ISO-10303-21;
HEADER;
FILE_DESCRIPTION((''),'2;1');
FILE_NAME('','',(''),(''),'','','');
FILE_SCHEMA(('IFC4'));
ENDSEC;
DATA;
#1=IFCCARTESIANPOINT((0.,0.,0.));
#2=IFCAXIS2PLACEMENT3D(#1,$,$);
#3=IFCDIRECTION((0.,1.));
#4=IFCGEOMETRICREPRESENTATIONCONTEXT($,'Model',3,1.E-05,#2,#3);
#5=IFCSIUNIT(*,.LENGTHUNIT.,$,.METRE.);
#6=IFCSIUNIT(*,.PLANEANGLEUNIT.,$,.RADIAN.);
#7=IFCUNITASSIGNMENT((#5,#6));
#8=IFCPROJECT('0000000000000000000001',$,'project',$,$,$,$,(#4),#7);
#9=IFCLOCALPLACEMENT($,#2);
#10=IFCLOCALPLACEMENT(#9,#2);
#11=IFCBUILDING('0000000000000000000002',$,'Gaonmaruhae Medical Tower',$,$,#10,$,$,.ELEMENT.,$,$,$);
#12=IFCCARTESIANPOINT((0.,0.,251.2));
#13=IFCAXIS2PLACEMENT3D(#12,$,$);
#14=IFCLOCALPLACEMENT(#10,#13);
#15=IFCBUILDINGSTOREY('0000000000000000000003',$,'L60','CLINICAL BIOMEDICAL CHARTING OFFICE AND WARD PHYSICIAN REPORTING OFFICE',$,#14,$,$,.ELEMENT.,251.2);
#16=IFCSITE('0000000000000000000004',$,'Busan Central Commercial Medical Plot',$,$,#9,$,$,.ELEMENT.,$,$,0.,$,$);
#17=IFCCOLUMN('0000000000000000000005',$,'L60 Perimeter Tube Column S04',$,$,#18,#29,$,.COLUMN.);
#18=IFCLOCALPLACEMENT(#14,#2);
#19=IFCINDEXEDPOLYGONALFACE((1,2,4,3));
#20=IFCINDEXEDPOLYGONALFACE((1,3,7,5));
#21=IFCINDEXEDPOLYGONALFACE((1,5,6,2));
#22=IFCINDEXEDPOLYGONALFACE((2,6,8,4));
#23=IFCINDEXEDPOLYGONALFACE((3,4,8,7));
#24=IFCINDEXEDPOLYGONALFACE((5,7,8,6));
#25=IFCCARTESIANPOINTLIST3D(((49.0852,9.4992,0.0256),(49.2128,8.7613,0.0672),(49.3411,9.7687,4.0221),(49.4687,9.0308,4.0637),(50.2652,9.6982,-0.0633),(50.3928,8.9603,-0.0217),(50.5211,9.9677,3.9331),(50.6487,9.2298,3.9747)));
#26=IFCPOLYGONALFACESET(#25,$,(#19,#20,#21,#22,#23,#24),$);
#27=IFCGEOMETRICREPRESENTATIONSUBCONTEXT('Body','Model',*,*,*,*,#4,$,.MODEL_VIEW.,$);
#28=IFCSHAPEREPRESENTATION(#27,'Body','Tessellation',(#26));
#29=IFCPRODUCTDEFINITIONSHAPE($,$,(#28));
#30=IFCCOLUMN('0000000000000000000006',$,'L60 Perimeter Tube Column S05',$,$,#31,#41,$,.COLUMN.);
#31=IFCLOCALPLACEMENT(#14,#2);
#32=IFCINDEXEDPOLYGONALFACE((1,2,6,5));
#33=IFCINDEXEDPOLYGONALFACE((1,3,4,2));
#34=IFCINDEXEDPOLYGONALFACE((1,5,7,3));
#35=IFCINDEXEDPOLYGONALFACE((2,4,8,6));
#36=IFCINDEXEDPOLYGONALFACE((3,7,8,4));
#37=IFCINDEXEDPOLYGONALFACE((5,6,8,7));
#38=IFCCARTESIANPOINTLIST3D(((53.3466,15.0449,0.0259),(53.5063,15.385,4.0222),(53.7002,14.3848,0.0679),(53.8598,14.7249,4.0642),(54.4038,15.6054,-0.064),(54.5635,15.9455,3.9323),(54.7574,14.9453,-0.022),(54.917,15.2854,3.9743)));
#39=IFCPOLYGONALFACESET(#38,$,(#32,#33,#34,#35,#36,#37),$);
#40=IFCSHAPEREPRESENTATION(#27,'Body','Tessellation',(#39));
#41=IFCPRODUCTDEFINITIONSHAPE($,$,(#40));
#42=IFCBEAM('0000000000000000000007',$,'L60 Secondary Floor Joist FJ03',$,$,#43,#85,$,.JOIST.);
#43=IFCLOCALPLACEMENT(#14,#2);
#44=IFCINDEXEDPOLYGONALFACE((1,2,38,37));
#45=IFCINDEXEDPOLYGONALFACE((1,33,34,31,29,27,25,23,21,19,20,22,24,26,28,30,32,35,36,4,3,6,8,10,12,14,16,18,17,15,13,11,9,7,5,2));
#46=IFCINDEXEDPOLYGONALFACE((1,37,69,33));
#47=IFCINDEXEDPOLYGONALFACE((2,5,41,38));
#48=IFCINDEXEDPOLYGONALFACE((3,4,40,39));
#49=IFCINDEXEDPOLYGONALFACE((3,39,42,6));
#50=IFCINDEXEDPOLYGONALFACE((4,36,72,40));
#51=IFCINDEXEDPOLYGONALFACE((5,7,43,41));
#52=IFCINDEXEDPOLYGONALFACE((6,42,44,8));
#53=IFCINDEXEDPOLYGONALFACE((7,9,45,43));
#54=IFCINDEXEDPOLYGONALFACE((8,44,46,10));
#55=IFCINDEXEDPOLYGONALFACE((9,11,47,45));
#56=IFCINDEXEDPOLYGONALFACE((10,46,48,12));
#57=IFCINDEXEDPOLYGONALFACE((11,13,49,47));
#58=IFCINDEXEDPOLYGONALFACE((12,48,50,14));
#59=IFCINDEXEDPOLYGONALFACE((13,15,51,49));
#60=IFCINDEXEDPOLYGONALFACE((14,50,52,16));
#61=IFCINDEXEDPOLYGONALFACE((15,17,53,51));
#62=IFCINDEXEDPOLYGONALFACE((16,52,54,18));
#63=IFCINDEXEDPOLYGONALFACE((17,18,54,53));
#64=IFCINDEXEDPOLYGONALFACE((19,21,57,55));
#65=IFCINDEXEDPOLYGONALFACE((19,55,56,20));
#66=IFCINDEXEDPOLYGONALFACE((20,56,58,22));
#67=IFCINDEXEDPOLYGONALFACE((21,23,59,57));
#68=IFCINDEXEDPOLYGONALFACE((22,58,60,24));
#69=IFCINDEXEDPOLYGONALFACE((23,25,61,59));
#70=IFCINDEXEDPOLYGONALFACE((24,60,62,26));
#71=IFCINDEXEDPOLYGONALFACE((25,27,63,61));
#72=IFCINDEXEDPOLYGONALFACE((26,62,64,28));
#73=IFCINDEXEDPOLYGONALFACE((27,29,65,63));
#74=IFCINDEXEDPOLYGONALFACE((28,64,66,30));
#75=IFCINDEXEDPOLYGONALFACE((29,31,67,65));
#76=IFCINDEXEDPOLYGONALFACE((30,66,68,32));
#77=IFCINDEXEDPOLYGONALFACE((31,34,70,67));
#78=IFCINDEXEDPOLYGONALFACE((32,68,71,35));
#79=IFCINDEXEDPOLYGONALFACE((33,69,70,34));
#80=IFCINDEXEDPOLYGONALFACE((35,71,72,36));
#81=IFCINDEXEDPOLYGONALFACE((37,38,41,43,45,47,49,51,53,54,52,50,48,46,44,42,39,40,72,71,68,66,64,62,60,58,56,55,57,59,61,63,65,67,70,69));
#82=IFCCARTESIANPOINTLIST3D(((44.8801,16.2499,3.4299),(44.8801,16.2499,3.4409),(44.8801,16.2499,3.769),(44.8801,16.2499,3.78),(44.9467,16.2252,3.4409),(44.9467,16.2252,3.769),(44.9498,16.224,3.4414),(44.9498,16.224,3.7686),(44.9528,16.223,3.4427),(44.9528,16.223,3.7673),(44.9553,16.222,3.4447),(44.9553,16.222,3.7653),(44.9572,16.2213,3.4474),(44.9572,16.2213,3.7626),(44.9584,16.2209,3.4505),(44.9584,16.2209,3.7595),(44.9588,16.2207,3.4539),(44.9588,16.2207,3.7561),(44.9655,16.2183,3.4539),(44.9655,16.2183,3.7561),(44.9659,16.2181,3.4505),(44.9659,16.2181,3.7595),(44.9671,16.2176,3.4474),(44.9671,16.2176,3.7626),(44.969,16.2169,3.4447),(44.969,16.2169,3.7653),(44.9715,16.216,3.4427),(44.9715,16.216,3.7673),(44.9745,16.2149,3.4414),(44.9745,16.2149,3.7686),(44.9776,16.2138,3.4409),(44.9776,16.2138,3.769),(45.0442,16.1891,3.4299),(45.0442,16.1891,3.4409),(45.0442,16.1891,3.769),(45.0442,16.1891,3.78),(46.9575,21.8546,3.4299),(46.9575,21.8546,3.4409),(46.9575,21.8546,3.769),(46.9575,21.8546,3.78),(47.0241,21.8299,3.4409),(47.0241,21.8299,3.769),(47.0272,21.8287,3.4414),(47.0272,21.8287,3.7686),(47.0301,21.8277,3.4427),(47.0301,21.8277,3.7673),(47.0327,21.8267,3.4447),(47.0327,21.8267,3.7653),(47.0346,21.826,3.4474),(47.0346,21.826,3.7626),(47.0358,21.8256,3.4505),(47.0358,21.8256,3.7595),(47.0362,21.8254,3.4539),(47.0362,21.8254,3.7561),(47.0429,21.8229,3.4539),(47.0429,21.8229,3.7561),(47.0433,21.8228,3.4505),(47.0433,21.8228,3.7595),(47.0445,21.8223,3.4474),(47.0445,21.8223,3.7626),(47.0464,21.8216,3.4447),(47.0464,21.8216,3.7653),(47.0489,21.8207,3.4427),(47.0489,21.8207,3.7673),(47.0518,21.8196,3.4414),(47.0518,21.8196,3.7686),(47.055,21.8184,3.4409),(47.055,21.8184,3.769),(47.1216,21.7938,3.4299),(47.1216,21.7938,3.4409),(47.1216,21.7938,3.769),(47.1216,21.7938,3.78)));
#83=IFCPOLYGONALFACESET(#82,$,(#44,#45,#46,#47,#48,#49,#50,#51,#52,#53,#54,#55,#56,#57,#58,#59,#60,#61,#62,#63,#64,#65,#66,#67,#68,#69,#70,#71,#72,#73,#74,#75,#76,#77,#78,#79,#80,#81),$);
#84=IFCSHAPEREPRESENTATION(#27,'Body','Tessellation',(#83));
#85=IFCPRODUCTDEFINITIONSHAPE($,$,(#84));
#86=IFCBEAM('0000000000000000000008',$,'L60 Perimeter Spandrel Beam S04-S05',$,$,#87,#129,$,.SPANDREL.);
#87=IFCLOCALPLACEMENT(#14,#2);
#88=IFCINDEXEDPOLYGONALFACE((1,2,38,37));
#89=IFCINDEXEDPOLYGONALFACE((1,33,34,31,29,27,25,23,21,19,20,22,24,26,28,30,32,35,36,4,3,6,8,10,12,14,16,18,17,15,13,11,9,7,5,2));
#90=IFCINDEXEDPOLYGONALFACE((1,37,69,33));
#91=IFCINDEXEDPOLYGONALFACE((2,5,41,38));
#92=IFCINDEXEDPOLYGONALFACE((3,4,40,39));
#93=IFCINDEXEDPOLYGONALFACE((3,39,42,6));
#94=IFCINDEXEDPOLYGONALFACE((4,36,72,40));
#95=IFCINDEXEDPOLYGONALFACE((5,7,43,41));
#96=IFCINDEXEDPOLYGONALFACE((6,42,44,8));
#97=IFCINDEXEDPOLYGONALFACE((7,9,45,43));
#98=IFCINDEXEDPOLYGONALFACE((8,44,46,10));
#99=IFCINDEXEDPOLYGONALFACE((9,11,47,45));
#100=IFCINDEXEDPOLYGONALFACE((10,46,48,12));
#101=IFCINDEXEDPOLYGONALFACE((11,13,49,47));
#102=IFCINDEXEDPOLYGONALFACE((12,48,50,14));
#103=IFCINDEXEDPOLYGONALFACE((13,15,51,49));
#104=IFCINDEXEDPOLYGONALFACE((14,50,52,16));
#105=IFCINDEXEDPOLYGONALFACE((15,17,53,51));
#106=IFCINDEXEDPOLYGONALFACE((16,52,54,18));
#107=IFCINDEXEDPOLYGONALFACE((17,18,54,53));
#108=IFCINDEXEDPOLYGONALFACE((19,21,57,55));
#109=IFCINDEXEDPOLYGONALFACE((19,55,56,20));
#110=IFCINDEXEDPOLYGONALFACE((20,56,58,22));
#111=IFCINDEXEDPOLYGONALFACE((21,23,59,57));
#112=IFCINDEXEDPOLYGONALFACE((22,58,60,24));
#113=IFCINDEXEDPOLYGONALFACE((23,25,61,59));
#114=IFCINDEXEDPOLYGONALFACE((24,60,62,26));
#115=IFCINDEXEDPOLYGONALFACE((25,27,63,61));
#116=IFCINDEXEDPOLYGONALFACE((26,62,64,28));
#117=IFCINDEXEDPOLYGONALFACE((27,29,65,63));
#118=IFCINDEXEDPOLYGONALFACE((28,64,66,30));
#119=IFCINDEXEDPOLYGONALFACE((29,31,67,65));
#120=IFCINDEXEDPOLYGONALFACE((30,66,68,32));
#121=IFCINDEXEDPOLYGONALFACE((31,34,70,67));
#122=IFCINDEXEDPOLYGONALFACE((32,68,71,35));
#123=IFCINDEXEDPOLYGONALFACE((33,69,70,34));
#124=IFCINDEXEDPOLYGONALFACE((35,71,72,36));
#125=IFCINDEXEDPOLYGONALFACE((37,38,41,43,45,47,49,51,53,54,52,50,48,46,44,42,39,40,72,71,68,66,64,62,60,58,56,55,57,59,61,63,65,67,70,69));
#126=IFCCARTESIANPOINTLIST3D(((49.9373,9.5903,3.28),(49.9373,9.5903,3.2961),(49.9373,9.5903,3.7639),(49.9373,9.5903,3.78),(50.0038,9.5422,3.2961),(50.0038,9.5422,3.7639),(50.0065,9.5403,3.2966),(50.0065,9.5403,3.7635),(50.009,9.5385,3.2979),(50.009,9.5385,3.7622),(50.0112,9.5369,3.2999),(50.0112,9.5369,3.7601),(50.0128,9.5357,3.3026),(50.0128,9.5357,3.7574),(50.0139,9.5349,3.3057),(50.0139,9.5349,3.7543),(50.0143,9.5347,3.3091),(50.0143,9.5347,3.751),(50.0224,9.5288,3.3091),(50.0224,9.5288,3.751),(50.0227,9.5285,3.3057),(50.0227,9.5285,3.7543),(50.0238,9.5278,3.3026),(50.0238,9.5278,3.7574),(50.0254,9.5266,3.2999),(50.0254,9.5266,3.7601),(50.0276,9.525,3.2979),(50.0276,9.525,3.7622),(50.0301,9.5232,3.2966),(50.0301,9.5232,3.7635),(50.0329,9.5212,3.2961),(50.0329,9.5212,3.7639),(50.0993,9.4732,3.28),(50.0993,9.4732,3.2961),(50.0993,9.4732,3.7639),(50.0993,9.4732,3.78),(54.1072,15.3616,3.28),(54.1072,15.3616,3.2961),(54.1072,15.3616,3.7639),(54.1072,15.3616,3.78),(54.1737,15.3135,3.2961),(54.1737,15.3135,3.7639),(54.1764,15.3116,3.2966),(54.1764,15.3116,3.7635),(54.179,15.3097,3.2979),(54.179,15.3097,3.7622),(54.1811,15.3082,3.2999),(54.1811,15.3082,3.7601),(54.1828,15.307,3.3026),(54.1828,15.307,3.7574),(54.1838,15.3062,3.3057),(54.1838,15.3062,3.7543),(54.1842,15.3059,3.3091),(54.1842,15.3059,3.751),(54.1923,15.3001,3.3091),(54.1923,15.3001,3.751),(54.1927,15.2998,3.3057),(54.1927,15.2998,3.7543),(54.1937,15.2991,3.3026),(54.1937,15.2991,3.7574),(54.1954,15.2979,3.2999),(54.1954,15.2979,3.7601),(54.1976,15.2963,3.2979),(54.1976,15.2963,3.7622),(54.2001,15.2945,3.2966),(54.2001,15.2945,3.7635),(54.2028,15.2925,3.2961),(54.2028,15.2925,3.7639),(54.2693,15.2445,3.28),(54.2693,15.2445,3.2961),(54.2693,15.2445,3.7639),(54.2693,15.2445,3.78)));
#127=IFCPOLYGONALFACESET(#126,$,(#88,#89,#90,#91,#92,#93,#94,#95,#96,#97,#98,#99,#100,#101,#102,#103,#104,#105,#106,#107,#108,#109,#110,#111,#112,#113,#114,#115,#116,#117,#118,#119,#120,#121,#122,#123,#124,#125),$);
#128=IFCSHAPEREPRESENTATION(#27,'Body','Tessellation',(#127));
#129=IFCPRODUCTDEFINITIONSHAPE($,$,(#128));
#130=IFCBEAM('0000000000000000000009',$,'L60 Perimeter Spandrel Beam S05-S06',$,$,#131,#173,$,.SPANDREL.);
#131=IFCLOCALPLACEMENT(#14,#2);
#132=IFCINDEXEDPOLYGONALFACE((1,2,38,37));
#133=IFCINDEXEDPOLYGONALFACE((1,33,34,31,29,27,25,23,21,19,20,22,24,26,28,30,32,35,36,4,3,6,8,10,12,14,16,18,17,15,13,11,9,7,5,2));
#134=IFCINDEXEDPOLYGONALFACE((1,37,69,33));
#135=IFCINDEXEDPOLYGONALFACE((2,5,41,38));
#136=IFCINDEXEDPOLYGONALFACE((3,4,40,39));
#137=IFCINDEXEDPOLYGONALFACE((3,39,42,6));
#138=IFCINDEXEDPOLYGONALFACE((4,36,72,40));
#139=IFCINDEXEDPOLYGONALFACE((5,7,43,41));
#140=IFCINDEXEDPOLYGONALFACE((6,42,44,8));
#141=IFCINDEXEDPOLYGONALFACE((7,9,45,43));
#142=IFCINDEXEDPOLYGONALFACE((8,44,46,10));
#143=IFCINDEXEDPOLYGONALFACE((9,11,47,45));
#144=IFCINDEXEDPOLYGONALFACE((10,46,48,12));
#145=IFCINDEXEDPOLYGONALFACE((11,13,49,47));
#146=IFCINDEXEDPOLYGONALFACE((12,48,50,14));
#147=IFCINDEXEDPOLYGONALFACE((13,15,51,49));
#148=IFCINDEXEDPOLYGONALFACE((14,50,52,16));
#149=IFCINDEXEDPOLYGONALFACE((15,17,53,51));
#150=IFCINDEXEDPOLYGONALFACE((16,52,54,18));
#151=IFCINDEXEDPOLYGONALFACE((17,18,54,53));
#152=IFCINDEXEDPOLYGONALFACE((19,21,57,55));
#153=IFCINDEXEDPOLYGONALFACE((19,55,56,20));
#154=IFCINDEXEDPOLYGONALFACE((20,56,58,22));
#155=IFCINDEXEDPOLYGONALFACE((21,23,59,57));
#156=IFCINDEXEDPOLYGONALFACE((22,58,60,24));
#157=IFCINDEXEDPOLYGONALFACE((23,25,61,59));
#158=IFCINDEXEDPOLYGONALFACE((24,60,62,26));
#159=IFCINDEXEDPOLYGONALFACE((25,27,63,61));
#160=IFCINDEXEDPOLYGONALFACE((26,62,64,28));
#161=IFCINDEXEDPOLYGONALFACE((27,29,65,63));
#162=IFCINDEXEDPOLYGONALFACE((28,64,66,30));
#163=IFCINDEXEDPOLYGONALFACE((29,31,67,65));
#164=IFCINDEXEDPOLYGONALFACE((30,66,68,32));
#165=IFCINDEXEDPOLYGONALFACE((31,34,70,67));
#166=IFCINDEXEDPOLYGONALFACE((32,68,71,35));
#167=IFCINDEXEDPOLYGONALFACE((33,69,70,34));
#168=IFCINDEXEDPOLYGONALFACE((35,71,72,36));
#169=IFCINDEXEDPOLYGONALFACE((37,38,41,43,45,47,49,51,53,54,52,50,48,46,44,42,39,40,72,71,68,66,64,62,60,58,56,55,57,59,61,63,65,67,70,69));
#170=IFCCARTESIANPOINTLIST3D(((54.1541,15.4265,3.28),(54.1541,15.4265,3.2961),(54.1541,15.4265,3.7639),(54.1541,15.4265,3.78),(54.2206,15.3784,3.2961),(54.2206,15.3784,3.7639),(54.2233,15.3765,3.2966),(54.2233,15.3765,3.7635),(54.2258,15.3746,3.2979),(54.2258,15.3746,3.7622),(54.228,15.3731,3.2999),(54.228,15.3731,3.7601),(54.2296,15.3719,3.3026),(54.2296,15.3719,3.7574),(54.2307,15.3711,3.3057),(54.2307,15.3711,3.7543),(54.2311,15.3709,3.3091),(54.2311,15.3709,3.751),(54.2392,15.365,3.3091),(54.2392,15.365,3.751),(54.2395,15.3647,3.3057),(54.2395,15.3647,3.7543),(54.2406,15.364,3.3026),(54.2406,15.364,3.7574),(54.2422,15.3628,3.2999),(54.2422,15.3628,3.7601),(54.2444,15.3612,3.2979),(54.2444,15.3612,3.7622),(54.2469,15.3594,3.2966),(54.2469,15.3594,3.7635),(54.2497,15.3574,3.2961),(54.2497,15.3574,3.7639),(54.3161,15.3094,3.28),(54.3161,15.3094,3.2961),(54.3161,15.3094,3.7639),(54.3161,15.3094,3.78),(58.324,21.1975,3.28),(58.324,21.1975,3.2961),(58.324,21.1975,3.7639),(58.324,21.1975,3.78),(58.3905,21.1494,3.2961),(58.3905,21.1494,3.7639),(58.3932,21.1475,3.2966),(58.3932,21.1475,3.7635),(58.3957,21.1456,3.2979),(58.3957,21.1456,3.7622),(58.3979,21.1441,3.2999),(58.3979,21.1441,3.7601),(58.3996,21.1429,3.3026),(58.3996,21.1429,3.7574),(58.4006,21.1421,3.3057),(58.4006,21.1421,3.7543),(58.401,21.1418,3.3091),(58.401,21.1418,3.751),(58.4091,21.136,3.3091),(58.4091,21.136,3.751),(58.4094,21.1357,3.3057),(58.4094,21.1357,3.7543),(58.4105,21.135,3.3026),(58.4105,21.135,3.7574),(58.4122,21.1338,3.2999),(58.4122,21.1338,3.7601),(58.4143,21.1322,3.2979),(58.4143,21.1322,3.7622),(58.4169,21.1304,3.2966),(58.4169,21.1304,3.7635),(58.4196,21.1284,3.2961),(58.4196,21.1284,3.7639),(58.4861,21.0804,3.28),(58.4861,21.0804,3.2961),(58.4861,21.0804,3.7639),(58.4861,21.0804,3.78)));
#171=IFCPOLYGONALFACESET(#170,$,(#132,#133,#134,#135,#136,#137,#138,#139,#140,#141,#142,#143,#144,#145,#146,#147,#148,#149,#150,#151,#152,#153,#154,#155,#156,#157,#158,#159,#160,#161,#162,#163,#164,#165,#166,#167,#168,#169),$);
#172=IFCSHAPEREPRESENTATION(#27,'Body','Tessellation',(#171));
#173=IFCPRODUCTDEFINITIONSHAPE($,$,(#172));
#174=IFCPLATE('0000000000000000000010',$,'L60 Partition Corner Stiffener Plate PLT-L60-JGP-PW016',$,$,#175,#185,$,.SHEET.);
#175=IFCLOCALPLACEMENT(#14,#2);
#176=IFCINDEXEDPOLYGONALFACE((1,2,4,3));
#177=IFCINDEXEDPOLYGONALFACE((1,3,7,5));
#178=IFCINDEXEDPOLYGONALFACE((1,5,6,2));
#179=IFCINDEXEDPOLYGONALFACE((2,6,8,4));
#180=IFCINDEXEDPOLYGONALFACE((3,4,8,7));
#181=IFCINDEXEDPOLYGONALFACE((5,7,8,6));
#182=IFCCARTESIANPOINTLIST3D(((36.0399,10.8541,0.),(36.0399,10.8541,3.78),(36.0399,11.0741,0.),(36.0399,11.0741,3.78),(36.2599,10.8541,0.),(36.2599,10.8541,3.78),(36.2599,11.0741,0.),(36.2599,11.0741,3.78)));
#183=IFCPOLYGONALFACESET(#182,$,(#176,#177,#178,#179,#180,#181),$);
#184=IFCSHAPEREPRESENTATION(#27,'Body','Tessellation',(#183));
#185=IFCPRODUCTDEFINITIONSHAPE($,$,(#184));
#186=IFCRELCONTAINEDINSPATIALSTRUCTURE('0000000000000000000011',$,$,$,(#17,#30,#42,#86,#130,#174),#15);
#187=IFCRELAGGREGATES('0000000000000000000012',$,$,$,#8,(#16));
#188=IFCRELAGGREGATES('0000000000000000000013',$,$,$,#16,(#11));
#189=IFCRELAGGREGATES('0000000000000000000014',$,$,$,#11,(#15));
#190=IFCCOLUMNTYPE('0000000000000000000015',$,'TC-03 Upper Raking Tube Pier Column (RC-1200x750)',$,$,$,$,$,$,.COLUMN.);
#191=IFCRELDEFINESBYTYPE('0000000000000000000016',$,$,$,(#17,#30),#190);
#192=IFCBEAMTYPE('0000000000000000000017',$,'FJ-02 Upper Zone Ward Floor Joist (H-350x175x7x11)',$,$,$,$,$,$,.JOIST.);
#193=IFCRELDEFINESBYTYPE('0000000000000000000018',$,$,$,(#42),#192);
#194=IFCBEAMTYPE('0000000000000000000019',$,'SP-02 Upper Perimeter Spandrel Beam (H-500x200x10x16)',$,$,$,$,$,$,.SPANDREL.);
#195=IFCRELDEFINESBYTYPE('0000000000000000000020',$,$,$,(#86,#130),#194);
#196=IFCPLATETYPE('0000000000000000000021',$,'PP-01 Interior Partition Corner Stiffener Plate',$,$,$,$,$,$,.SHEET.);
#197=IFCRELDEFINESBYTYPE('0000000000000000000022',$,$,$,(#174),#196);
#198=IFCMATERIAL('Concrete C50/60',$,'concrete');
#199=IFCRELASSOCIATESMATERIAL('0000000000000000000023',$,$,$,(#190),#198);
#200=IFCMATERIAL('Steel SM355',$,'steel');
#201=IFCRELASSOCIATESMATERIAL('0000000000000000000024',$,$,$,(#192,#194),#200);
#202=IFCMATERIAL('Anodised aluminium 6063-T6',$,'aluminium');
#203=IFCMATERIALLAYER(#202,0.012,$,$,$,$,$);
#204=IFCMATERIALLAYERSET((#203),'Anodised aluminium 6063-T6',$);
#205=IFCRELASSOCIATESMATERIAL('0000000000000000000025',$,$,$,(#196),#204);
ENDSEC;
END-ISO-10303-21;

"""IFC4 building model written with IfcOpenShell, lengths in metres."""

from ifc_helpers import new_model, si_unit, direction, frame, origin, origin_2d, place, context, subcontext, project, spatial, rectangle, i_section, extrude, material, layer, layer_set, material_profile, profile_set, type_object, element, save


model = new_model("IFC4")

# Units and contexts
model_context = context("Model", 3, precision=1e-05, world=origin(), true_north=direction((0.0, 1.0)))
body_context = subcontext(model_context, "Body", "Model", "MODEL_VIEW")
ifc_project = project(units=[si_unit("LENGTHUNIT", "METRE"), si_unit("PLANEANGLEUNIT", "RADIAN")], contexts=[model_context])

# Site, building, storey
site_placement = place(None, origin())
site = spatial("IfcSite", under=ifc_project, at=site_placement, Name="Busan Central Commercial Medical Plot", CompositionType="ELEMENT", RefElevation=0.0)
building_placement = place(site_placement, origin())
building = spatial("IfcBuilding", under=site, at=building_placement, Name="Gaonmaruhae Medical Tower", CompositionType="ELEMENT")
storey_placement = place(building_placement, frame((0.0, 0.0, 251.2)))
storey = spatial("IfcBuildingStorey", under=building, at=storey_placement, Name="L60", Description="CLINICAL BIOMEDICAL CHARTING OFFICE AND WARD PHYSICIAN REPORTING OFFICE", CompositionType="ELEMENT", Elevation=251.2)

# Columns
ifc_material_1 = material(Name="Concrete C50/60", Category="concrete")
ifc_material_profile_1 = material_profile(ifc_material_1, rectangle(XDim=1.2, YDim=0.75, at=origin_2d()), Name="RC-1200x750")
ifc_profile_set_1 = profile_set([ifc_material_profile_1], Name="Concrete C50/60")
column_type = type_object("IfcColumnType", Name="TC-03 Upper Raking Tube Pier Column (RC-1200x750)", PredefinedType="COLUMN", material=ifc_profile_set_1)
column_1_placement = place(storey_placement, frame((49.739, 9.2297, 0.002), z_axis=(0.063748, 0.067155, 0.995704), x_axis=(-0.983363, -0.165833, 0.074143)))
element("IfcColumn", 1, at=column_1_placement, inside=storey, type_object=column_type, Name="L60 Perimeter Tube Column S04", PredefinedType="COLUMN", context=body_context, shape_type="SweptSolid", body=[
    extrude(rectangle(XDim=1.2, YDim=0.75, at=origin_2d()), origin(), (0.0, 0.0, 1.0), 4.0137),
])
column_2_placement = place(storey_placement, frame((54.052, 14.9951, 0.002), z_axis=(0.039778, 0.084726, 0.99561), x_axis=(-0.88104, -0.467066, 0.074948)))
element("IfcColumn", 2, at=column_2_placement, inside=storey, type_object=column_type, Name="L60 Perimeter Tube Column S05", PredefinedType="COLUMN", context=body_context, shape_type="SweptSolid", body=[
    extrude(rectangle(XDim=1.2, YDim=0.75, at=origin_2d()), origin(), (0.0, 0.0, 1.0), 4.0139),
])

# Beams
ifc_material_2 = material(Name="Steel SM355", Category="steel")
ifc_material_profile_2 = material_profile(ifc_material_2, i_section(OverallWidth=0.175, OverallDepth=0.3501, WebThickness=0.0071, FlangeThickness=0.011, FilletRadius=0.0129, at=origin_2d()), Name="H-350x175x7x11")
ifc_profile_set_2 = profile_set([ifc_material_profile_2], Name="Steel SM355")
beam_type_1 = type_object("IfcBeamType", Name="FJ-02 Upper Zone Ward Floor Joist (H-350x175x7x11)", PredefinedType="JOIST", material=ifc_profile_set_2)
beam_1_placement = place(storey_placement, frame((44.9622, 16.2195, 3.605), z_axis=(0.347544, 0.937663, 0.0), x_axis=(-0.937663, 0.347544, 0.0)))
element("IfcBeam", 3, at=beam_1_placement, inside=storey, type_object=beam_type_1, Name="L60 Secondary Floor Joist FJ03", PredefinedType="JOIST", context=body_context, shape_type="SweptSolid", body=[
    extrude(i_section(OverallWidth=0.175, OverallDepth=0.3501, WebThickness=0.0071, FlangeThickness=0.011, FilletRadius=0.0129, at=origin_2d()), origin(), (0.0, 0.0, 1.0), 5.9773),
])
ifc_material_profile_3 = material_profile(ifc_material_2, i_section(OverallWidth=0.2, OverallDepth=0.5, WebThickness=0.01, FlangeThickness=0.0161, FilletRadius=0.0129, at=origin_2d()), Name="H-500x200x10x16")
ifc_profile_set_3 = profile_set([ifc_material_profile_3], Name="Steel SM355")
beam_type_2 = type_object("IfcBeamType", Name="SP-02 Upper Perimeter Spandrel Beam (H-500x200x10x16)", PredefinedType="SPANDREL", material=ifc_profile_set_3)
beam_2_placement = place(storey_placement, frame((50.0183, 9.5317, 3.53), z_axis=(0.585657, 0.810559, 0.0), x_axis=(-0.810559, 0.585657, 0.0)))
element("IfcBeam", 4, at=beam_2_placement, inside=storey, type_object=beam_type_2, Name="L60 Perimeter Spandrel Beam S04-S05", PredefinedType="SPANDREL", context=body_context, shape_type="SweptSolid", body=[
    extrude(i_section(OverallWidth=0.2, OverallDepth=0.5, WebThickness=0.01, FlangeThickness=0.0161, FilletRadius=0.0129, at=origin_2d()), origin(), (0.0, 0.0, 1.0), 7.1201),
])
beam_3_placement = place(storey_placement, frame((54.2351, 15.3679, 3.53), z_axis=(0.585673, 0.810547, 0.0), x_axis=(-0.810547, 0.585673, 0.0)))
element("IfcBeam", 5, at=beam_3_placement, inside=storey, type_object=beam_type_2, Name="L60 Perimeter Spandrel Beam S05-S06", PredefinedType="SPANDREL", context=body_context, shape_type="SweptSolid", body=[
    extrude(i_section(OverallWidth=0.2, OverallDepth=0.5, WebThickness=0.01, FlangeThickness=0.0161, FilletRadius=0.0129, at=origin_2d()), origin(), (0.0, 0.0, 1.0), 7.1199),
])

# Plate
ifc_material_3 = material(Name="Anodised aluminium 6063-T6", Category="aluminium")
ifc_layer_1 = layer(ifc_material_3, 0.012)
ifc_layer_set_1 = layer_set([ifc_layer_1], Name="Anodised aluminium 6063-T6")
plate_type = type_object("IfcPlateType", Name="PP-01 Interior Partition Corner Stiffener Plate", PredefinedType="SHEET", material=ifc_layer_set_1)
plate_placement = place(storey_placement, frame((36.1499, 10.9641, 0.0), z_axis=(0.0, 0.0, 1.0), x_axis=(0.0, 1.0, 0.0)))
element("IfcPlate", 6, at=plate_placement, inside=storey, type_object=plate_type, Name="L60 Partition Corner Stiffener Plate PLT-L60-JGP-PW016", PredefinedType="SHEET", context=body_context, shape_type="SweptSolid", body=[
    extrude(rectangle(XDim=0.22, YDim=0.22, at=origin_2d()), origin(), (0.0, 0.0, 1.0), 3.78),
])

save(model, "model.ifc")
